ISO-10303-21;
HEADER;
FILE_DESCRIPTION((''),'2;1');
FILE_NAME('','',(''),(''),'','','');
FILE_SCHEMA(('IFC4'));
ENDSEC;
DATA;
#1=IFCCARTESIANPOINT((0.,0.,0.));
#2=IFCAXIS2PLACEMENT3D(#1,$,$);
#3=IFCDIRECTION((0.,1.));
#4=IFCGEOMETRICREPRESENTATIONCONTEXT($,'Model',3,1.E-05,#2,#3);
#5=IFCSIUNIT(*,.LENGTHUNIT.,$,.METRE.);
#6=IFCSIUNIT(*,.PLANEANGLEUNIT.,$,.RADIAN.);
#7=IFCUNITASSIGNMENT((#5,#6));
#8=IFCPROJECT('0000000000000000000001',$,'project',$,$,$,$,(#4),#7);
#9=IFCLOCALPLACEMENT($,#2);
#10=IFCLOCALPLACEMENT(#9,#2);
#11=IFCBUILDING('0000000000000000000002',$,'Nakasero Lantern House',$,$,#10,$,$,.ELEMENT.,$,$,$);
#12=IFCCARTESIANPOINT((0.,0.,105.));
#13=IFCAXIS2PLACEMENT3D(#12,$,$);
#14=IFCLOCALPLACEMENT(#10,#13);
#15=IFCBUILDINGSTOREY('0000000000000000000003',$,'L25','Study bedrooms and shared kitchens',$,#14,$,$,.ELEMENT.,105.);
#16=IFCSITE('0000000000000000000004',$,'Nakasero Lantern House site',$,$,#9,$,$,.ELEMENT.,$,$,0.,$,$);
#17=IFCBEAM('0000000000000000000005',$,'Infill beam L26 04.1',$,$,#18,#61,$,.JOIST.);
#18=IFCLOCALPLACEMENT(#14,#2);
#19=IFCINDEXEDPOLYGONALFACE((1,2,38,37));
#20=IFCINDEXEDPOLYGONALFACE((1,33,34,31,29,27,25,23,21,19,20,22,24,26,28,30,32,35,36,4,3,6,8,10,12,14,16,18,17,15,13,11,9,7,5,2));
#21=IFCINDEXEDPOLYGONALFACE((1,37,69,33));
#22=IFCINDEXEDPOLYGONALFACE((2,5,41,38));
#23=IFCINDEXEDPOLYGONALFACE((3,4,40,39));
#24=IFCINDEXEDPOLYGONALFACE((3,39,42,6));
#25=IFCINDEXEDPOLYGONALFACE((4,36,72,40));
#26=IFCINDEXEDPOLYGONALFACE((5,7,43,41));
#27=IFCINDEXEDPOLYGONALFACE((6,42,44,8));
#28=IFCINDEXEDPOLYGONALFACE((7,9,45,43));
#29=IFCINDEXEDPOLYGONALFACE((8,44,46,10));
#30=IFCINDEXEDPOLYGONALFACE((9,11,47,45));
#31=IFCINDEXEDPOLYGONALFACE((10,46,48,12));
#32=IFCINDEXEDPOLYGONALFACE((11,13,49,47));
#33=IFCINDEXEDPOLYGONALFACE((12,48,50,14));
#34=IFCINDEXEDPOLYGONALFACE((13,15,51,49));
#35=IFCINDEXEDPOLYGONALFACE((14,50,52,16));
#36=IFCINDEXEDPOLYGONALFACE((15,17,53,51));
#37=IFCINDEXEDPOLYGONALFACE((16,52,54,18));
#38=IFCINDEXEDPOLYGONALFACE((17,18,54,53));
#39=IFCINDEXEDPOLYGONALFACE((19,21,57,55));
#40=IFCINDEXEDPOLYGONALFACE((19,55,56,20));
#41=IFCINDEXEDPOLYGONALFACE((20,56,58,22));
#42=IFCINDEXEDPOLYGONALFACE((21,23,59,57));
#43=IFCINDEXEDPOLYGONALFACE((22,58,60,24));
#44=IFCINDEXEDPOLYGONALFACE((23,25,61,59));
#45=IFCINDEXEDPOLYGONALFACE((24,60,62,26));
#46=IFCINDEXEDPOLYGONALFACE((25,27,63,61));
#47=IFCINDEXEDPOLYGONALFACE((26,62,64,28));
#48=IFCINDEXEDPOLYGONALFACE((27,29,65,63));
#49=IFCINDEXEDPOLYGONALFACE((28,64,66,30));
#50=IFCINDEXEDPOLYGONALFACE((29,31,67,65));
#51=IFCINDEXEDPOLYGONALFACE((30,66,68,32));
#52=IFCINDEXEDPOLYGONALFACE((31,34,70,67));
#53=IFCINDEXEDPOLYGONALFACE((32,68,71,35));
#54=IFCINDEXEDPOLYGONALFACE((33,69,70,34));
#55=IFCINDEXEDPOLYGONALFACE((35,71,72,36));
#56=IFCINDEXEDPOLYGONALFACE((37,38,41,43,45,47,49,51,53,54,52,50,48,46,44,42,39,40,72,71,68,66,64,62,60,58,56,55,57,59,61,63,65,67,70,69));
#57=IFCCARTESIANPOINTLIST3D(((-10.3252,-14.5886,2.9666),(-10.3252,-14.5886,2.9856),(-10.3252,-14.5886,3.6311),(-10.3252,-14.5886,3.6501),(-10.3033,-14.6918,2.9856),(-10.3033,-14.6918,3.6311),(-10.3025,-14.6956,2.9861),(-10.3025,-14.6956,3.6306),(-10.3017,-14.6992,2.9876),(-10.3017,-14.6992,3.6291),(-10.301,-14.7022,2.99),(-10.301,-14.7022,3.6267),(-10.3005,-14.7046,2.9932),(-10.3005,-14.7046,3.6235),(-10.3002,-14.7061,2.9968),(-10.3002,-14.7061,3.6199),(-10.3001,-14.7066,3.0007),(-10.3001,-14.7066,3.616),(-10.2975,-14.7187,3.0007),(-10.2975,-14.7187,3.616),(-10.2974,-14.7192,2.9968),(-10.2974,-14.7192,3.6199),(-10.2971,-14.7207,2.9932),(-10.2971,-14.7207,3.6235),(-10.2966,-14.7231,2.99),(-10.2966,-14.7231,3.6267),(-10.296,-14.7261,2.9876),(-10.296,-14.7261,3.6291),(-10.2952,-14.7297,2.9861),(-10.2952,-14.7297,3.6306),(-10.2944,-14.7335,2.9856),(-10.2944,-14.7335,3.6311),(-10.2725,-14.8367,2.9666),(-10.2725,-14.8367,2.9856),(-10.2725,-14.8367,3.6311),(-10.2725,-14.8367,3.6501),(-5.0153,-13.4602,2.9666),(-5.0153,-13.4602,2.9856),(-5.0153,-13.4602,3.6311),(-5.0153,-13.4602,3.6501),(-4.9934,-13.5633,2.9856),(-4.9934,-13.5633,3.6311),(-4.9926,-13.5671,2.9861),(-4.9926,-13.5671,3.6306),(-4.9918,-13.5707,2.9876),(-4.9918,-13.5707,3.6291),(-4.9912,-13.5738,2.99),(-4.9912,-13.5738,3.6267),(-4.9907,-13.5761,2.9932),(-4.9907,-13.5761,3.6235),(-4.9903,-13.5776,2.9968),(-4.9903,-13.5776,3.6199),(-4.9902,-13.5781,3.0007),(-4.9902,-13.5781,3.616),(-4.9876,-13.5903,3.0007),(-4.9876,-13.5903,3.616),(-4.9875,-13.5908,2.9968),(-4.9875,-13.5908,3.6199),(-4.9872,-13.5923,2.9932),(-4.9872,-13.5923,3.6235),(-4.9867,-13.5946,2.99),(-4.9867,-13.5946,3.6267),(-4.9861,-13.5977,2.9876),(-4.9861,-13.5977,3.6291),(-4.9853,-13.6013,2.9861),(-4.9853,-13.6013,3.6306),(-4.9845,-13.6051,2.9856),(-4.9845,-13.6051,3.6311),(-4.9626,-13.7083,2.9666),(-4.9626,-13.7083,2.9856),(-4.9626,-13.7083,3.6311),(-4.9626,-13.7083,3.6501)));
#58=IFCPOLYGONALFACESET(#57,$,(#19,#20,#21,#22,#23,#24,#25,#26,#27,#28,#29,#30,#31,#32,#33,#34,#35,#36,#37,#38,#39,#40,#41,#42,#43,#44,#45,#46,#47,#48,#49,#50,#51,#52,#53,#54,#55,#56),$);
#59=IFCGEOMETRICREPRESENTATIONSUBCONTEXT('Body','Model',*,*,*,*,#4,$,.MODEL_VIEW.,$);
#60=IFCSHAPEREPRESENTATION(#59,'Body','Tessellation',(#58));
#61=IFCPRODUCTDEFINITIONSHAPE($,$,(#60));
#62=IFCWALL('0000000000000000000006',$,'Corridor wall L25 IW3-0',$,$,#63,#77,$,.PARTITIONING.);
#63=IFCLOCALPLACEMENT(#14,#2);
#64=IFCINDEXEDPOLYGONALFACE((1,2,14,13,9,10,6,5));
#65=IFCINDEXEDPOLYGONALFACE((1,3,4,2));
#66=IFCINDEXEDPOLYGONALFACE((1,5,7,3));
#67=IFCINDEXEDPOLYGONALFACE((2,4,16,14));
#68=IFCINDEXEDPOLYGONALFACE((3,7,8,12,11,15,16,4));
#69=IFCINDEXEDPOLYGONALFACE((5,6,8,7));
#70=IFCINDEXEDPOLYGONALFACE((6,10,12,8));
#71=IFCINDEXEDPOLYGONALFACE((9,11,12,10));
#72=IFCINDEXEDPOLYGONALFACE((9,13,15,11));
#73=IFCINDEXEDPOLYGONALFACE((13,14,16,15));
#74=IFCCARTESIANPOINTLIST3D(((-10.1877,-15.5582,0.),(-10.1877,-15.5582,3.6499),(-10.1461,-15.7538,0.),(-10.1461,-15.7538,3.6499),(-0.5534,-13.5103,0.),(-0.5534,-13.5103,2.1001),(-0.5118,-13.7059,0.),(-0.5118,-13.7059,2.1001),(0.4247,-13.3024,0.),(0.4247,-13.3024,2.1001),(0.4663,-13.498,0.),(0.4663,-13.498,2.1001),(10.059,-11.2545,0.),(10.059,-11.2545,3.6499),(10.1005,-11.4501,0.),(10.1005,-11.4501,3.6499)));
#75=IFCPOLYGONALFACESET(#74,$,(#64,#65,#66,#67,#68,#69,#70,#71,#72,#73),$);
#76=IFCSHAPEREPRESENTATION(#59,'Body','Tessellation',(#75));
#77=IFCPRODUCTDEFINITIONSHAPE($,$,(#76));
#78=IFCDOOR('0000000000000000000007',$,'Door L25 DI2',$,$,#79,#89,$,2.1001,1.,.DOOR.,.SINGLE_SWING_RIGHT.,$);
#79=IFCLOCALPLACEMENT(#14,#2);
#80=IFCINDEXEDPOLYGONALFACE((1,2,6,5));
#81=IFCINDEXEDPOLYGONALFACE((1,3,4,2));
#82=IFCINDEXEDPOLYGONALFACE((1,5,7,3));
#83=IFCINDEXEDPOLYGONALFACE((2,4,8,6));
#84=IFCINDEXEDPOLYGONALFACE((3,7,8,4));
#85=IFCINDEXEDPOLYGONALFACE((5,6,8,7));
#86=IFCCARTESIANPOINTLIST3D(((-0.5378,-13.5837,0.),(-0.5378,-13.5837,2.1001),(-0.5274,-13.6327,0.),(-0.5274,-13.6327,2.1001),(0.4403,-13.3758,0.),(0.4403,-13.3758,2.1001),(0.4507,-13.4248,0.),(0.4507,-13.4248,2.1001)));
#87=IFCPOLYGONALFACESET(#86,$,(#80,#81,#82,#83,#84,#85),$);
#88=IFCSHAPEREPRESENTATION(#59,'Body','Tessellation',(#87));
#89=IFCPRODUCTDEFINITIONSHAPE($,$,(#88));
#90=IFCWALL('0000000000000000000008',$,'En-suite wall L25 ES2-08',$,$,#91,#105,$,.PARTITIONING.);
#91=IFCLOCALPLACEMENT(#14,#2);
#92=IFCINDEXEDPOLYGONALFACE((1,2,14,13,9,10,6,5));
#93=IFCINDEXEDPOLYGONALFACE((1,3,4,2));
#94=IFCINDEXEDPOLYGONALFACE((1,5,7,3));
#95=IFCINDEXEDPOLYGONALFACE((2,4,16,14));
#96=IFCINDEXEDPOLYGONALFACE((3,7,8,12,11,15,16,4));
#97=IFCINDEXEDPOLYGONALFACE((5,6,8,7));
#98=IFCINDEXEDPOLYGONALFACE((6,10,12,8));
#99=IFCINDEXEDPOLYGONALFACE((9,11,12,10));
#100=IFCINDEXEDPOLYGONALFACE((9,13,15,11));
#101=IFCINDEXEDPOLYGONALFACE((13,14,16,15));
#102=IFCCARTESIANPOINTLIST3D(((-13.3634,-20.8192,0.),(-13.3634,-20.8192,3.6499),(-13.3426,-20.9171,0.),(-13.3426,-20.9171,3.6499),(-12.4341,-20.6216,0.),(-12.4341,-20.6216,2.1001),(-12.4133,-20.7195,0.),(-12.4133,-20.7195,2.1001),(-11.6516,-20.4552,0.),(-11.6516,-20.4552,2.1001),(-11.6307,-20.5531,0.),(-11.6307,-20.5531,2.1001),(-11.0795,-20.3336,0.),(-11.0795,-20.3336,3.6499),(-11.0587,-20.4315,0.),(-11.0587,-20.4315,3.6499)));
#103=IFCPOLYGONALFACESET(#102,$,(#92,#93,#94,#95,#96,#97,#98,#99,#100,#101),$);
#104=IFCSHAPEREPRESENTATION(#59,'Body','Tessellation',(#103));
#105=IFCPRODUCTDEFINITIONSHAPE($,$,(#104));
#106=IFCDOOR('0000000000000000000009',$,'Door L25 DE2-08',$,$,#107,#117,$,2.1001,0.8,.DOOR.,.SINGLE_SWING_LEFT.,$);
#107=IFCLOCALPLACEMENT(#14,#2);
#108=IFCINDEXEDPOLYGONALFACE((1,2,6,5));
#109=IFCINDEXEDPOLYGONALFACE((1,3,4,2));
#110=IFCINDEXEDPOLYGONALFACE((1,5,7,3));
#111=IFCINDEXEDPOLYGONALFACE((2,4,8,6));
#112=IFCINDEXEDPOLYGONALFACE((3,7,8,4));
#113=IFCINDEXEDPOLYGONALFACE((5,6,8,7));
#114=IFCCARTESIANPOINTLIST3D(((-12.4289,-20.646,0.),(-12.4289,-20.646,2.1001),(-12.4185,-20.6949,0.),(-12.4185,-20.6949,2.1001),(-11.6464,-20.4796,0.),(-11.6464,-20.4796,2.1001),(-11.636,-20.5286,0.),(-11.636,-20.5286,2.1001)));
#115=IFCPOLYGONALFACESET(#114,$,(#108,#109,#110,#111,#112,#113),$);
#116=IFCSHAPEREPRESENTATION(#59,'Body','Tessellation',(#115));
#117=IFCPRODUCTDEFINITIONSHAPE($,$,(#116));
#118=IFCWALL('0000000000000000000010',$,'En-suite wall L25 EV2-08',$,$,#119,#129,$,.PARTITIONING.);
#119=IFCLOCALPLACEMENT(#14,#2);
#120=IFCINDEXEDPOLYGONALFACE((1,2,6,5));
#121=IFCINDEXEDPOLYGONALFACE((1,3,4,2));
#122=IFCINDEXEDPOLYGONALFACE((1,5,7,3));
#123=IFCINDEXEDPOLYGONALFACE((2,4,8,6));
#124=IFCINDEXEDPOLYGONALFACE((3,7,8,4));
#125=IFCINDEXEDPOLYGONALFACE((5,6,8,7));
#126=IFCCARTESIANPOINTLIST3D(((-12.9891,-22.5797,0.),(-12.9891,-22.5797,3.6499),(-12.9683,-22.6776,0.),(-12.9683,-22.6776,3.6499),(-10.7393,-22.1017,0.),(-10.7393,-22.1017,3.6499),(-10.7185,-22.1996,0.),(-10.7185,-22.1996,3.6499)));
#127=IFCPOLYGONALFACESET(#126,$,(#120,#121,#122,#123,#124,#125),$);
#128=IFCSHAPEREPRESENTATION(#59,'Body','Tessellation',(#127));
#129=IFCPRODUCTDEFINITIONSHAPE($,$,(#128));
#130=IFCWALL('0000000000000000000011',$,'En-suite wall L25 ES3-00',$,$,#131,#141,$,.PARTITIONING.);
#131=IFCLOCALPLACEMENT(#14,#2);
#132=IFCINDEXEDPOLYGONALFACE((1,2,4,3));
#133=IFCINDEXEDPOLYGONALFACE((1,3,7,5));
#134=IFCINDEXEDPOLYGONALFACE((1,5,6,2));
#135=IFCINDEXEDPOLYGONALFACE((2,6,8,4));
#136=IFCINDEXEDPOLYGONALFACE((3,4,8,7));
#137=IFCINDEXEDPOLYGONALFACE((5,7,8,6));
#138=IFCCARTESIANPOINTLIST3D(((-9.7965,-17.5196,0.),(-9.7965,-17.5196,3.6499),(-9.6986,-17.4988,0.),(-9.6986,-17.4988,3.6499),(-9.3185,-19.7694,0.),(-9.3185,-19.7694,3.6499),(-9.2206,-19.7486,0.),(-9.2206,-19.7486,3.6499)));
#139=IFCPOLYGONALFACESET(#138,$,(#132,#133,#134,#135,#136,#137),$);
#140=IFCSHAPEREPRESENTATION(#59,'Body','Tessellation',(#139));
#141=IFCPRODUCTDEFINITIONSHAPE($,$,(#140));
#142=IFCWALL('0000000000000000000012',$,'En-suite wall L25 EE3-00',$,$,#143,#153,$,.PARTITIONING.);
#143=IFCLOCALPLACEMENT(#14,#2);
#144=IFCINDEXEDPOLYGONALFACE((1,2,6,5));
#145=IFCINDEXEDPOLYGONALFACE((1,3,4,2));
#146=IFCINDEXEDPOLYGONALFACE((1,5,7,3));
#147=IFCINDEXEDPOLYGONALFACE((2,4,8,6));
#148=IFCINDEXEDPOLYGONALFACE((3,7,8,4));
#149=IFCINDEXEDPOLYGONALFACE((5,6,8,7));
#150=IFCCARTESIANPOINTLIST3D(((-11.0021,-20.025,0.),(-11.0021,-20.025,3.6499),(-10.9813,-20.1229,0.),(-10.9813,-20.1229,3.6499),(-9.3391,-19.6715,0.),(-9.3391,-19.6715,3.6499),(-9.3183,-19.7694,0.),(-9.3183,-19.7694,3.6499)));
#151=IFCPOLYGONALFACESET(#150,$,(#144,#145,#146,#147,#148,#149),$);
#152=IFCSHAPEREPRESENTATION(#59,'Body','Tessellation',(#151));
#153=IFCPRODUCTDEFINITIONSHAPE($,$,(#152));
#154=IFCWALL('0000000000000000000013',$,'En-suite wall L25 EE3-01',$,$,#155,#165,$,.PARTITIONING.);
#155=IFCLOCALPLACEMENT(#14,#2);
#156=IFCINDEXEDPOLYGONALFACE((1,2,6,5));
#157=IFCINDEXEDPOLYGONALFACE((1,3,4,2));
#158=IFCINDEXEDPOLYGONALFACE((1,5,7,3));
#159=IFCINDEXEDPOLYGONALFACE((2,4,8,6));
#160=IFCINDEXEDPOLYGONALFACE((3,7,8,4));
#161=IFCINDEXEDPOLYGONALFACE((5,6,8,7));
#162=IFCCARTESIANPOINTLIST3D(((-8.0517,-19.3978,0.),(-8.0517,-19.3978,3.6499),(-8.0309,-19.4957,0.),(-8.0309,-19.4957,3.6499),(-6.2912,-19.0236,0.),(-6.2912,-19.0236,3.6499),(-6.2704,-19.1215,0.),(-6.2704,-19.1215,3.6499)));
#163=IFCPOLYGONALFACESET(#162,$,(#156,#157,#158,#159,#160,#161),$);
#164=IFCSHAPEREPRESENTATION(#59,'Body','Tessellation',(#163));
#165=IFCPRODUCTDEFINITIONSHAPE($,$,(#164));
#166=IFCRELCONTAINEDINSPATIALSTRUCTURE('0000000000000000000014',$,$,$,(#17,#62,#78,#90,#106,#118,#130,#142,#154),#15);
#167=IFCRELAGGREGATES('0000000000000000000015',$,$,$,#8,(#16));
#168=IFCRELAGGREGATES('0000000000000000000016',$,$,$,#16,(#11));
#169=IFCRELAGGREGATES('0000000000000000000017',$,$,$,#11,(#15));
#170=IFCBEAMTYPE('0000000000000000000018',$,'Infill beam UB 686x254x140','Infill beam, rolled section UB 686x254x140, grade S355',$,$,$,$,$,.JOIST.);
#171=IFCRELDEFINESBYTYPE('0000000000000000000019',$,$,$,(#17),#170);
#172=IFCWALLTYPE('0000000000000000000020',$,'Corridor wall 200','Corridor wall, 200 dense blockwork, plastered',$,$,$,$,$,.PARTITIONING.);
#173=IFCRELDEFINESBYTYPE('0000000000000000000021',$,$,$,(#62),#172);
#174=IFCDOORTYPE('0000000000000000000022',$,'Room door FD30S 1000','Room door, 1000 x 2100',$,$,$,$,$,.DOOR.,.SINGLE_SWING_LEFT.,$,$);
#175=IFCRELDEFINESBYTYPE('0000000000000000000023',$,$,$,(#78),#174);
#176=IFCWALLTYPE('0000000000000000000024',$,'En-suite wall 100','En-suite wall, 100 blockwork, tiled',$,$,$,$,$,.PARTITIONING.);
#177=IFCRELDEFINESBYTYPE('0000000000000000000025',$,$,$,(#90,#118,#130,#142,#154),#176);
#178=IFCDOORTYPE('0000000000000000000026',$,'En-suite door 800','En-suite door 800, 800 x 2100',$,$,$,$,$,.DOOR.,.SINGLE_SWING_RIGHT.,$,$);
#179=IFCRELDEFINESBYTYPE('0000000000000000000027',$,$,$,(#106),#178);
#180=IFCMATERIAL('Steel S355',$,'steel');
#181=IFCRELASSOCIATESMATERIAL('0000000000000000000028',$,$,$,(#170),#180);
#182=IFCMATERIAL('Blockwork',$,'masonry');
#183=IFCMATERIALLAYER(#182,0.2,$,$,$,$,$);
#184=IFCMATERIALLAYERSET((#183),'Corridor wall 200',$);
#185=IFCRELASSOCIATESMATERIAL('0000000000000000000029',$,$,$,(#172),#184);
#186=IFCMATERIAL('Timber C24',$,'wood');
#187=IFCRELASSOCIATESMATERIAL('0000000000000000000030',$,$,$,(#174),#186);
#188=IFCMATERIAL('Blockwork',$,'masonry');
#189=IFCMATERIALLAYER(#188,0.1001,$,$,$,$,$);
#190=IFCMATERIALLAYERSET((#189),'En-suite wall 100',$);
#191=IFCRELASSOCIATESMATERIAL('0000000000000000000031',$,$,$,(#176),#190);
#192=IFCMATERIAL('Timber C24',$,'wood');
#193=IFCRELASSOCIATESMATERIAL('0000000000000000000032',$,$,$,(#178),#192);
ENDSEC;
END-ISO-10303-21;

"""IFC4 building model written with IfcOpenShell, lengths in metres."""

from ifc_helpers import new_model, si_unit, direction, frame, frame_2d, origin, origin_2d, place, context, subcontext, project, spatial, rectangle, i_section, extrude, material, layer, layer_set, material_profile, profile_set, type_object, element, fill, save


model = new_model("IFC4")

# Units and contexts
model_context = context("Model", 3, precision=1e-05, world=origin(), true_north=direction((0.0, 1.0)))
body_context = subcontext(model_context, "Body", "Model", "MODEL_VIEW")
ifc_project = project(units=[si_unit("LENGTHUNIT", "METRE"), si_unit("PLANEANGLEUNIT", "RADIAN")], contexts=[model_context])

# Site, building, storey
site_placement = place(None, origin())
site = spatial("IfcSite", under=ifc_project, at=site_placement, Name="Nakasero Lantern House site", CompositionType="ELEMENT", RefElevation=0.0)
building_placement = place(site_placement, origin())
building = spatial("IfcBuilding", under=site, at=building_placement, Name="Nakasero Lantern House", CompositionType="ELEMENT")
storey_placement = place(building_placement, frame((0.0, 0.0, 105.0)))
storey = spatial("IfcBuildingStorey", under=building, at=storey_placement, Name="L25", Description="Study bedrooms and shared kitchens", CompositionType="ELEMENT", Elevation=105.0)

# Beam
ifc_material_1 = material(Name="Steel S355", Category="steel")
ifc_material_profile = material_profile(ifc_material_1, i_section(OverallWidth=0.2537, OverallDepth=0.6836, WebThickness=0.0125, FlangeThickness=0.019, FilletRadius=0.0151, at=origin_2d()), Name="UB 686x254x140")
ifc_profile_set = profile_set([ifc_material_profile], Name="Steel S355")
beam_type = type_object("IfcBeamType", Name="Infill beam UB 686x254x140", Description="Infill beam, rolled section UB 686x254x140, grade S355", PredefinedType="JOIST", material=ifc_profile_set)
beam_placement = place(storey_placement, frame((-10.2988, -14.7126, 3.3083), z_axis=(0.978156, 0.207873, 0.0), x_axis=(-0.207873, 0.978156, 0.0)))
element("IfcBeam", 1, at=beam_placement, inside=storey, type_object=beam_type, Name="Infill beam L26 04.1", PredefinedType="JOIST", context=body_context, shape_type="SweptSolid", body=[
    extrude(i_section(OverallWidth=0.2537, OverallDepth=0.6836, WebThickness=0.0125, FlangeThickness=0.019, FilletRadius=0.0151, at=origin_2d()), origin(), (0.0, 0.0, 1.0), 5.4285),
])

# Walls, openings, doors
ifc_material_2 = material(Name="Blockwork", Category="masonry")
ifc_layer_1 = layer(ifc_material_2, 0.2)
ifc_layer_set_1 = layer_set([ifc_layer_1], Name="Corridor wall 200")
wall_type_1 = type_object("IfcWallType", Name="Corridor wall 200", Description="Corridor wall, 200 dense blockwork, plastered", PredefinedType="PARTITIONING", material=ifc_layer_set_1)
wall_1_placement = place(storey_placement, frame((-10.167, -15.656, 0.0), z_axis=(0.0, 0.0, 1.0), x_axis=(0.978146, 0.207919, 0.0)))
wall_1 = element("IfcWall", 2, at=wall_1_placement, inside=storey, type_object=wall_type_1, Name="Corridor wall L25 IW3-0", PredefinedType="PARTITIONING", context=body_context, shape_type="SweptSolid", body=[
    extrude(rectangle(XDim=20.699, YDim=0.2, at=frame_2d((10.3496, 0.0))), origin(), (0.0, 0.0, 1.0), 3.6499),
])
opening_1_placement = place(wall_1_placement, frame((9.8496, 0.0, 0.0)))
opening_1 = element("IfcOpeningElement", 3, at=opening_1_placement, cuts=wall_1, PredefinedType="OPENING", context=body_context, shape_type="SweptSolid", body=[
    extrude(rectangle(XDim=1.0, YDim=2.1001, at=frame_2d((0.5, 1.05))), frame((0.0, 0.1199, 0.0), z_axis=(0.0, -1.0, 0.0), x_axis=(1.0, 0.0, 0.0)), (0.0, 0.0, 1.0), 0.24),
])
ifc_material_3 = material(Name="Timber C24", Category="wood")
door_type_1 = type_object("IfcDoorType", Name="Room door FD30S 1000", Description="Room door, 1000 x 2100", OperationType="SINGLE_SWING_LEFT", PredefinedType="DOOR", material=ifc_material_3)
door_1_placement = place(opening_1_placement, origin())
door_1 = element("IfcDoor", 4, at=door_1_placement, inside=storey, type_object=door_type_1, Name="Door L25 DI2", OperationType="SINGLE_SWING_RIGHT", OverallHeight=2.1001, OverallWidth=1.0, PredefinedType="DOOR", context=body_context, shape_type="SweptSolid", body=[
    extrude(rectangle(XDim=1.0, YDim=2.1001, at=frame_2d((0.5, 1.05))), frame((0.0, 0.0249, 0.0), z_axis=(0.0, -1.0, 0.0), x_axis=(1.0, 0.0, 0.0)), (0.0, 0.0, 1.0), 0.05),
])
fill(opening_1, door_1)
ifc_material_4 = material(Name="Blockwork", Category="masonry")
ifc_layer_2 = layer(ifc_material_4, 0.1001)
ifc_layer_set_2 = layer_set([ifc_layer_2], Name="En-suite wall 100")
wall_type_2 = type_object("IfcWallType", Name="En-suite wall 100", Description="En-suite wall, 100 blockwork, tiled", PredefinedType="PARTITIONING", material=ifc_layer_set_2)
wall_2_placement = place(storey_placement, frame((-11.0691, -20.3826, 0.0), z_axis=(0.0, 0.0, 1.0), x_axis=(-0.978136, -0.207965, 0.0)))
wall_2 = element("IfcWall", 5, at=wall_2_placement, inside=storey, type_object=wall_type_2, Name="En-suite wall L25 ES2-08", PredefinedType="PARTITIONING", context=body_context, shape_type="SweptSolid", body=[
    extrude(rectangle(XDim=2.335, YDim=0.1001, at=frame_2d((1.1675, 0.0))), origin(), (0.0, 0.0, 1.0), 3.6499),
])
opening_2_placement = place(wall_2_placement, frame((0.585, 0.0, 0.0)))
opening_2 = element("IfcOpeningElement", 6, at=opening_2_placement, cuts=wall_2, PredefinedType="OPENING", context=body_context, shape_type="SweptSolid", body=[
    extrude(rectangle(XDim=0.8, YDim=2.1001, at=frame_2d((0.3999, 1.05))), frame((0.0, 0.0701, 0.0), z_axis=(0.0, -1.0, 0.0), x_axis=(1.0, 0.0, 0.0)), (0.0, 0.0, 1.0), 0.1401),
])
ifc_material_5 = material(Name="Timber C24", Category="wood")
door_type_2 = type_object("IfcDoorType", Name="En-suite door 800", Description="En-suite door 800, 800 x 2100", OperationType="SINGLE_SWING_RIGHT", PredefinedType="DOOR", material=ifc_material_5)
door_2_placement = place(opening_2_placement, origin())
door_2 = element("IfcDoor", 7, at=door_2_placement, inside=storey, type_object=door_type_2, Name="Door L25 DE2-08", OperationType="SINGLE_SWING_LEFT", OverallHeight=2.1001, OverallWidth=0.8, PredefinedType="DOOR", context=body_context, shape_type="SweptSolid", body=[
    extrude(rectangle(XDim=0.8, YDim=2.1001, at=frame_2d((0.3999, 1.05))), frame((0.0, 0.0249, 0.0), z_axis=(0.0, -1.0, 0.0), x_axis=(1.0, 0.0, 0.0)), (0.0, 0.0, 1.0), 0.05),
])
fill(opening_2, door_2)

# Walls
for number, where, z_axis, x_axis, name in (
    (8, (-10.729, -22.1506, 0.0), (0.0, 0.0, 1.0), (-0.978163, -0.20784, 0.0), "En-suite wall L25 EV2-08"),
    (9, (-9.7476, -17.5093, 0.0), (0.0, 0.0, 1.0), (0.20784, -0.978163, 0.0), "En-suite wall L25 ES3-00"),
):
    element("IfcWall", number, at=place(storey_placement, frame(where, z_axis=z_axis, x_axis=x_axis)), inside=storey, type_object=wall_type_2, Name=name, PredefinedType="PARTITIONING", context=body_context, shape_type="SweptSolid", body=[
        extrude(rectangle(XDim=2.3, YDim=0.1001, at=frame_2d((1.1499, 0.0))), origin(), (0.0, 0.0, 1.0), 3.6499),
    ])
wall_3_placement = place(storey_placement, frame((-10.9917, -20.074, 0.0), z_axis=(0.0, 0.0, 1.0), x_axis=(0.978146, 0.207921, 0.0)))
element("IfcWall", 10, at=wall_3_placement, inside=storey, type_object=wall_type_2, Name="En-suite wall L25 EE3-00", PredefinedType="PARTITIONING", context=body_context, shape_type="SweptSolid", body=[
    extrude(rectangle(XDim=1.7002, YDim=0.1001, at=frame_2d((0.8501, 0.0))), origin(), (0.0, 0.0, 1.0), 3.6499),
])
wall_4_placement = place(storey_placement, frame((-8.0413, -19.4468, 0.0), z_axis=(0.0, 0.0, 1.0), x_axis=(0.978141, 0.207945, 0.0)))
element("IfcWall", 11, at=wall_4_placement, inside=storey, type_object=wall_type_2, Name="En-suite wall L25 EE3-01", PredefinedType="PARTITIONING", context=body_context, shape_type="SweptSolid", body=[
    extrude(rectangle(XDim=1.7998, YDim=0.1001, at=frame_2d((0.8999, 0.0))), origin(), (0.0, 0.0, 1.0), 3.6499),
])

save(model, "model.ifc")
